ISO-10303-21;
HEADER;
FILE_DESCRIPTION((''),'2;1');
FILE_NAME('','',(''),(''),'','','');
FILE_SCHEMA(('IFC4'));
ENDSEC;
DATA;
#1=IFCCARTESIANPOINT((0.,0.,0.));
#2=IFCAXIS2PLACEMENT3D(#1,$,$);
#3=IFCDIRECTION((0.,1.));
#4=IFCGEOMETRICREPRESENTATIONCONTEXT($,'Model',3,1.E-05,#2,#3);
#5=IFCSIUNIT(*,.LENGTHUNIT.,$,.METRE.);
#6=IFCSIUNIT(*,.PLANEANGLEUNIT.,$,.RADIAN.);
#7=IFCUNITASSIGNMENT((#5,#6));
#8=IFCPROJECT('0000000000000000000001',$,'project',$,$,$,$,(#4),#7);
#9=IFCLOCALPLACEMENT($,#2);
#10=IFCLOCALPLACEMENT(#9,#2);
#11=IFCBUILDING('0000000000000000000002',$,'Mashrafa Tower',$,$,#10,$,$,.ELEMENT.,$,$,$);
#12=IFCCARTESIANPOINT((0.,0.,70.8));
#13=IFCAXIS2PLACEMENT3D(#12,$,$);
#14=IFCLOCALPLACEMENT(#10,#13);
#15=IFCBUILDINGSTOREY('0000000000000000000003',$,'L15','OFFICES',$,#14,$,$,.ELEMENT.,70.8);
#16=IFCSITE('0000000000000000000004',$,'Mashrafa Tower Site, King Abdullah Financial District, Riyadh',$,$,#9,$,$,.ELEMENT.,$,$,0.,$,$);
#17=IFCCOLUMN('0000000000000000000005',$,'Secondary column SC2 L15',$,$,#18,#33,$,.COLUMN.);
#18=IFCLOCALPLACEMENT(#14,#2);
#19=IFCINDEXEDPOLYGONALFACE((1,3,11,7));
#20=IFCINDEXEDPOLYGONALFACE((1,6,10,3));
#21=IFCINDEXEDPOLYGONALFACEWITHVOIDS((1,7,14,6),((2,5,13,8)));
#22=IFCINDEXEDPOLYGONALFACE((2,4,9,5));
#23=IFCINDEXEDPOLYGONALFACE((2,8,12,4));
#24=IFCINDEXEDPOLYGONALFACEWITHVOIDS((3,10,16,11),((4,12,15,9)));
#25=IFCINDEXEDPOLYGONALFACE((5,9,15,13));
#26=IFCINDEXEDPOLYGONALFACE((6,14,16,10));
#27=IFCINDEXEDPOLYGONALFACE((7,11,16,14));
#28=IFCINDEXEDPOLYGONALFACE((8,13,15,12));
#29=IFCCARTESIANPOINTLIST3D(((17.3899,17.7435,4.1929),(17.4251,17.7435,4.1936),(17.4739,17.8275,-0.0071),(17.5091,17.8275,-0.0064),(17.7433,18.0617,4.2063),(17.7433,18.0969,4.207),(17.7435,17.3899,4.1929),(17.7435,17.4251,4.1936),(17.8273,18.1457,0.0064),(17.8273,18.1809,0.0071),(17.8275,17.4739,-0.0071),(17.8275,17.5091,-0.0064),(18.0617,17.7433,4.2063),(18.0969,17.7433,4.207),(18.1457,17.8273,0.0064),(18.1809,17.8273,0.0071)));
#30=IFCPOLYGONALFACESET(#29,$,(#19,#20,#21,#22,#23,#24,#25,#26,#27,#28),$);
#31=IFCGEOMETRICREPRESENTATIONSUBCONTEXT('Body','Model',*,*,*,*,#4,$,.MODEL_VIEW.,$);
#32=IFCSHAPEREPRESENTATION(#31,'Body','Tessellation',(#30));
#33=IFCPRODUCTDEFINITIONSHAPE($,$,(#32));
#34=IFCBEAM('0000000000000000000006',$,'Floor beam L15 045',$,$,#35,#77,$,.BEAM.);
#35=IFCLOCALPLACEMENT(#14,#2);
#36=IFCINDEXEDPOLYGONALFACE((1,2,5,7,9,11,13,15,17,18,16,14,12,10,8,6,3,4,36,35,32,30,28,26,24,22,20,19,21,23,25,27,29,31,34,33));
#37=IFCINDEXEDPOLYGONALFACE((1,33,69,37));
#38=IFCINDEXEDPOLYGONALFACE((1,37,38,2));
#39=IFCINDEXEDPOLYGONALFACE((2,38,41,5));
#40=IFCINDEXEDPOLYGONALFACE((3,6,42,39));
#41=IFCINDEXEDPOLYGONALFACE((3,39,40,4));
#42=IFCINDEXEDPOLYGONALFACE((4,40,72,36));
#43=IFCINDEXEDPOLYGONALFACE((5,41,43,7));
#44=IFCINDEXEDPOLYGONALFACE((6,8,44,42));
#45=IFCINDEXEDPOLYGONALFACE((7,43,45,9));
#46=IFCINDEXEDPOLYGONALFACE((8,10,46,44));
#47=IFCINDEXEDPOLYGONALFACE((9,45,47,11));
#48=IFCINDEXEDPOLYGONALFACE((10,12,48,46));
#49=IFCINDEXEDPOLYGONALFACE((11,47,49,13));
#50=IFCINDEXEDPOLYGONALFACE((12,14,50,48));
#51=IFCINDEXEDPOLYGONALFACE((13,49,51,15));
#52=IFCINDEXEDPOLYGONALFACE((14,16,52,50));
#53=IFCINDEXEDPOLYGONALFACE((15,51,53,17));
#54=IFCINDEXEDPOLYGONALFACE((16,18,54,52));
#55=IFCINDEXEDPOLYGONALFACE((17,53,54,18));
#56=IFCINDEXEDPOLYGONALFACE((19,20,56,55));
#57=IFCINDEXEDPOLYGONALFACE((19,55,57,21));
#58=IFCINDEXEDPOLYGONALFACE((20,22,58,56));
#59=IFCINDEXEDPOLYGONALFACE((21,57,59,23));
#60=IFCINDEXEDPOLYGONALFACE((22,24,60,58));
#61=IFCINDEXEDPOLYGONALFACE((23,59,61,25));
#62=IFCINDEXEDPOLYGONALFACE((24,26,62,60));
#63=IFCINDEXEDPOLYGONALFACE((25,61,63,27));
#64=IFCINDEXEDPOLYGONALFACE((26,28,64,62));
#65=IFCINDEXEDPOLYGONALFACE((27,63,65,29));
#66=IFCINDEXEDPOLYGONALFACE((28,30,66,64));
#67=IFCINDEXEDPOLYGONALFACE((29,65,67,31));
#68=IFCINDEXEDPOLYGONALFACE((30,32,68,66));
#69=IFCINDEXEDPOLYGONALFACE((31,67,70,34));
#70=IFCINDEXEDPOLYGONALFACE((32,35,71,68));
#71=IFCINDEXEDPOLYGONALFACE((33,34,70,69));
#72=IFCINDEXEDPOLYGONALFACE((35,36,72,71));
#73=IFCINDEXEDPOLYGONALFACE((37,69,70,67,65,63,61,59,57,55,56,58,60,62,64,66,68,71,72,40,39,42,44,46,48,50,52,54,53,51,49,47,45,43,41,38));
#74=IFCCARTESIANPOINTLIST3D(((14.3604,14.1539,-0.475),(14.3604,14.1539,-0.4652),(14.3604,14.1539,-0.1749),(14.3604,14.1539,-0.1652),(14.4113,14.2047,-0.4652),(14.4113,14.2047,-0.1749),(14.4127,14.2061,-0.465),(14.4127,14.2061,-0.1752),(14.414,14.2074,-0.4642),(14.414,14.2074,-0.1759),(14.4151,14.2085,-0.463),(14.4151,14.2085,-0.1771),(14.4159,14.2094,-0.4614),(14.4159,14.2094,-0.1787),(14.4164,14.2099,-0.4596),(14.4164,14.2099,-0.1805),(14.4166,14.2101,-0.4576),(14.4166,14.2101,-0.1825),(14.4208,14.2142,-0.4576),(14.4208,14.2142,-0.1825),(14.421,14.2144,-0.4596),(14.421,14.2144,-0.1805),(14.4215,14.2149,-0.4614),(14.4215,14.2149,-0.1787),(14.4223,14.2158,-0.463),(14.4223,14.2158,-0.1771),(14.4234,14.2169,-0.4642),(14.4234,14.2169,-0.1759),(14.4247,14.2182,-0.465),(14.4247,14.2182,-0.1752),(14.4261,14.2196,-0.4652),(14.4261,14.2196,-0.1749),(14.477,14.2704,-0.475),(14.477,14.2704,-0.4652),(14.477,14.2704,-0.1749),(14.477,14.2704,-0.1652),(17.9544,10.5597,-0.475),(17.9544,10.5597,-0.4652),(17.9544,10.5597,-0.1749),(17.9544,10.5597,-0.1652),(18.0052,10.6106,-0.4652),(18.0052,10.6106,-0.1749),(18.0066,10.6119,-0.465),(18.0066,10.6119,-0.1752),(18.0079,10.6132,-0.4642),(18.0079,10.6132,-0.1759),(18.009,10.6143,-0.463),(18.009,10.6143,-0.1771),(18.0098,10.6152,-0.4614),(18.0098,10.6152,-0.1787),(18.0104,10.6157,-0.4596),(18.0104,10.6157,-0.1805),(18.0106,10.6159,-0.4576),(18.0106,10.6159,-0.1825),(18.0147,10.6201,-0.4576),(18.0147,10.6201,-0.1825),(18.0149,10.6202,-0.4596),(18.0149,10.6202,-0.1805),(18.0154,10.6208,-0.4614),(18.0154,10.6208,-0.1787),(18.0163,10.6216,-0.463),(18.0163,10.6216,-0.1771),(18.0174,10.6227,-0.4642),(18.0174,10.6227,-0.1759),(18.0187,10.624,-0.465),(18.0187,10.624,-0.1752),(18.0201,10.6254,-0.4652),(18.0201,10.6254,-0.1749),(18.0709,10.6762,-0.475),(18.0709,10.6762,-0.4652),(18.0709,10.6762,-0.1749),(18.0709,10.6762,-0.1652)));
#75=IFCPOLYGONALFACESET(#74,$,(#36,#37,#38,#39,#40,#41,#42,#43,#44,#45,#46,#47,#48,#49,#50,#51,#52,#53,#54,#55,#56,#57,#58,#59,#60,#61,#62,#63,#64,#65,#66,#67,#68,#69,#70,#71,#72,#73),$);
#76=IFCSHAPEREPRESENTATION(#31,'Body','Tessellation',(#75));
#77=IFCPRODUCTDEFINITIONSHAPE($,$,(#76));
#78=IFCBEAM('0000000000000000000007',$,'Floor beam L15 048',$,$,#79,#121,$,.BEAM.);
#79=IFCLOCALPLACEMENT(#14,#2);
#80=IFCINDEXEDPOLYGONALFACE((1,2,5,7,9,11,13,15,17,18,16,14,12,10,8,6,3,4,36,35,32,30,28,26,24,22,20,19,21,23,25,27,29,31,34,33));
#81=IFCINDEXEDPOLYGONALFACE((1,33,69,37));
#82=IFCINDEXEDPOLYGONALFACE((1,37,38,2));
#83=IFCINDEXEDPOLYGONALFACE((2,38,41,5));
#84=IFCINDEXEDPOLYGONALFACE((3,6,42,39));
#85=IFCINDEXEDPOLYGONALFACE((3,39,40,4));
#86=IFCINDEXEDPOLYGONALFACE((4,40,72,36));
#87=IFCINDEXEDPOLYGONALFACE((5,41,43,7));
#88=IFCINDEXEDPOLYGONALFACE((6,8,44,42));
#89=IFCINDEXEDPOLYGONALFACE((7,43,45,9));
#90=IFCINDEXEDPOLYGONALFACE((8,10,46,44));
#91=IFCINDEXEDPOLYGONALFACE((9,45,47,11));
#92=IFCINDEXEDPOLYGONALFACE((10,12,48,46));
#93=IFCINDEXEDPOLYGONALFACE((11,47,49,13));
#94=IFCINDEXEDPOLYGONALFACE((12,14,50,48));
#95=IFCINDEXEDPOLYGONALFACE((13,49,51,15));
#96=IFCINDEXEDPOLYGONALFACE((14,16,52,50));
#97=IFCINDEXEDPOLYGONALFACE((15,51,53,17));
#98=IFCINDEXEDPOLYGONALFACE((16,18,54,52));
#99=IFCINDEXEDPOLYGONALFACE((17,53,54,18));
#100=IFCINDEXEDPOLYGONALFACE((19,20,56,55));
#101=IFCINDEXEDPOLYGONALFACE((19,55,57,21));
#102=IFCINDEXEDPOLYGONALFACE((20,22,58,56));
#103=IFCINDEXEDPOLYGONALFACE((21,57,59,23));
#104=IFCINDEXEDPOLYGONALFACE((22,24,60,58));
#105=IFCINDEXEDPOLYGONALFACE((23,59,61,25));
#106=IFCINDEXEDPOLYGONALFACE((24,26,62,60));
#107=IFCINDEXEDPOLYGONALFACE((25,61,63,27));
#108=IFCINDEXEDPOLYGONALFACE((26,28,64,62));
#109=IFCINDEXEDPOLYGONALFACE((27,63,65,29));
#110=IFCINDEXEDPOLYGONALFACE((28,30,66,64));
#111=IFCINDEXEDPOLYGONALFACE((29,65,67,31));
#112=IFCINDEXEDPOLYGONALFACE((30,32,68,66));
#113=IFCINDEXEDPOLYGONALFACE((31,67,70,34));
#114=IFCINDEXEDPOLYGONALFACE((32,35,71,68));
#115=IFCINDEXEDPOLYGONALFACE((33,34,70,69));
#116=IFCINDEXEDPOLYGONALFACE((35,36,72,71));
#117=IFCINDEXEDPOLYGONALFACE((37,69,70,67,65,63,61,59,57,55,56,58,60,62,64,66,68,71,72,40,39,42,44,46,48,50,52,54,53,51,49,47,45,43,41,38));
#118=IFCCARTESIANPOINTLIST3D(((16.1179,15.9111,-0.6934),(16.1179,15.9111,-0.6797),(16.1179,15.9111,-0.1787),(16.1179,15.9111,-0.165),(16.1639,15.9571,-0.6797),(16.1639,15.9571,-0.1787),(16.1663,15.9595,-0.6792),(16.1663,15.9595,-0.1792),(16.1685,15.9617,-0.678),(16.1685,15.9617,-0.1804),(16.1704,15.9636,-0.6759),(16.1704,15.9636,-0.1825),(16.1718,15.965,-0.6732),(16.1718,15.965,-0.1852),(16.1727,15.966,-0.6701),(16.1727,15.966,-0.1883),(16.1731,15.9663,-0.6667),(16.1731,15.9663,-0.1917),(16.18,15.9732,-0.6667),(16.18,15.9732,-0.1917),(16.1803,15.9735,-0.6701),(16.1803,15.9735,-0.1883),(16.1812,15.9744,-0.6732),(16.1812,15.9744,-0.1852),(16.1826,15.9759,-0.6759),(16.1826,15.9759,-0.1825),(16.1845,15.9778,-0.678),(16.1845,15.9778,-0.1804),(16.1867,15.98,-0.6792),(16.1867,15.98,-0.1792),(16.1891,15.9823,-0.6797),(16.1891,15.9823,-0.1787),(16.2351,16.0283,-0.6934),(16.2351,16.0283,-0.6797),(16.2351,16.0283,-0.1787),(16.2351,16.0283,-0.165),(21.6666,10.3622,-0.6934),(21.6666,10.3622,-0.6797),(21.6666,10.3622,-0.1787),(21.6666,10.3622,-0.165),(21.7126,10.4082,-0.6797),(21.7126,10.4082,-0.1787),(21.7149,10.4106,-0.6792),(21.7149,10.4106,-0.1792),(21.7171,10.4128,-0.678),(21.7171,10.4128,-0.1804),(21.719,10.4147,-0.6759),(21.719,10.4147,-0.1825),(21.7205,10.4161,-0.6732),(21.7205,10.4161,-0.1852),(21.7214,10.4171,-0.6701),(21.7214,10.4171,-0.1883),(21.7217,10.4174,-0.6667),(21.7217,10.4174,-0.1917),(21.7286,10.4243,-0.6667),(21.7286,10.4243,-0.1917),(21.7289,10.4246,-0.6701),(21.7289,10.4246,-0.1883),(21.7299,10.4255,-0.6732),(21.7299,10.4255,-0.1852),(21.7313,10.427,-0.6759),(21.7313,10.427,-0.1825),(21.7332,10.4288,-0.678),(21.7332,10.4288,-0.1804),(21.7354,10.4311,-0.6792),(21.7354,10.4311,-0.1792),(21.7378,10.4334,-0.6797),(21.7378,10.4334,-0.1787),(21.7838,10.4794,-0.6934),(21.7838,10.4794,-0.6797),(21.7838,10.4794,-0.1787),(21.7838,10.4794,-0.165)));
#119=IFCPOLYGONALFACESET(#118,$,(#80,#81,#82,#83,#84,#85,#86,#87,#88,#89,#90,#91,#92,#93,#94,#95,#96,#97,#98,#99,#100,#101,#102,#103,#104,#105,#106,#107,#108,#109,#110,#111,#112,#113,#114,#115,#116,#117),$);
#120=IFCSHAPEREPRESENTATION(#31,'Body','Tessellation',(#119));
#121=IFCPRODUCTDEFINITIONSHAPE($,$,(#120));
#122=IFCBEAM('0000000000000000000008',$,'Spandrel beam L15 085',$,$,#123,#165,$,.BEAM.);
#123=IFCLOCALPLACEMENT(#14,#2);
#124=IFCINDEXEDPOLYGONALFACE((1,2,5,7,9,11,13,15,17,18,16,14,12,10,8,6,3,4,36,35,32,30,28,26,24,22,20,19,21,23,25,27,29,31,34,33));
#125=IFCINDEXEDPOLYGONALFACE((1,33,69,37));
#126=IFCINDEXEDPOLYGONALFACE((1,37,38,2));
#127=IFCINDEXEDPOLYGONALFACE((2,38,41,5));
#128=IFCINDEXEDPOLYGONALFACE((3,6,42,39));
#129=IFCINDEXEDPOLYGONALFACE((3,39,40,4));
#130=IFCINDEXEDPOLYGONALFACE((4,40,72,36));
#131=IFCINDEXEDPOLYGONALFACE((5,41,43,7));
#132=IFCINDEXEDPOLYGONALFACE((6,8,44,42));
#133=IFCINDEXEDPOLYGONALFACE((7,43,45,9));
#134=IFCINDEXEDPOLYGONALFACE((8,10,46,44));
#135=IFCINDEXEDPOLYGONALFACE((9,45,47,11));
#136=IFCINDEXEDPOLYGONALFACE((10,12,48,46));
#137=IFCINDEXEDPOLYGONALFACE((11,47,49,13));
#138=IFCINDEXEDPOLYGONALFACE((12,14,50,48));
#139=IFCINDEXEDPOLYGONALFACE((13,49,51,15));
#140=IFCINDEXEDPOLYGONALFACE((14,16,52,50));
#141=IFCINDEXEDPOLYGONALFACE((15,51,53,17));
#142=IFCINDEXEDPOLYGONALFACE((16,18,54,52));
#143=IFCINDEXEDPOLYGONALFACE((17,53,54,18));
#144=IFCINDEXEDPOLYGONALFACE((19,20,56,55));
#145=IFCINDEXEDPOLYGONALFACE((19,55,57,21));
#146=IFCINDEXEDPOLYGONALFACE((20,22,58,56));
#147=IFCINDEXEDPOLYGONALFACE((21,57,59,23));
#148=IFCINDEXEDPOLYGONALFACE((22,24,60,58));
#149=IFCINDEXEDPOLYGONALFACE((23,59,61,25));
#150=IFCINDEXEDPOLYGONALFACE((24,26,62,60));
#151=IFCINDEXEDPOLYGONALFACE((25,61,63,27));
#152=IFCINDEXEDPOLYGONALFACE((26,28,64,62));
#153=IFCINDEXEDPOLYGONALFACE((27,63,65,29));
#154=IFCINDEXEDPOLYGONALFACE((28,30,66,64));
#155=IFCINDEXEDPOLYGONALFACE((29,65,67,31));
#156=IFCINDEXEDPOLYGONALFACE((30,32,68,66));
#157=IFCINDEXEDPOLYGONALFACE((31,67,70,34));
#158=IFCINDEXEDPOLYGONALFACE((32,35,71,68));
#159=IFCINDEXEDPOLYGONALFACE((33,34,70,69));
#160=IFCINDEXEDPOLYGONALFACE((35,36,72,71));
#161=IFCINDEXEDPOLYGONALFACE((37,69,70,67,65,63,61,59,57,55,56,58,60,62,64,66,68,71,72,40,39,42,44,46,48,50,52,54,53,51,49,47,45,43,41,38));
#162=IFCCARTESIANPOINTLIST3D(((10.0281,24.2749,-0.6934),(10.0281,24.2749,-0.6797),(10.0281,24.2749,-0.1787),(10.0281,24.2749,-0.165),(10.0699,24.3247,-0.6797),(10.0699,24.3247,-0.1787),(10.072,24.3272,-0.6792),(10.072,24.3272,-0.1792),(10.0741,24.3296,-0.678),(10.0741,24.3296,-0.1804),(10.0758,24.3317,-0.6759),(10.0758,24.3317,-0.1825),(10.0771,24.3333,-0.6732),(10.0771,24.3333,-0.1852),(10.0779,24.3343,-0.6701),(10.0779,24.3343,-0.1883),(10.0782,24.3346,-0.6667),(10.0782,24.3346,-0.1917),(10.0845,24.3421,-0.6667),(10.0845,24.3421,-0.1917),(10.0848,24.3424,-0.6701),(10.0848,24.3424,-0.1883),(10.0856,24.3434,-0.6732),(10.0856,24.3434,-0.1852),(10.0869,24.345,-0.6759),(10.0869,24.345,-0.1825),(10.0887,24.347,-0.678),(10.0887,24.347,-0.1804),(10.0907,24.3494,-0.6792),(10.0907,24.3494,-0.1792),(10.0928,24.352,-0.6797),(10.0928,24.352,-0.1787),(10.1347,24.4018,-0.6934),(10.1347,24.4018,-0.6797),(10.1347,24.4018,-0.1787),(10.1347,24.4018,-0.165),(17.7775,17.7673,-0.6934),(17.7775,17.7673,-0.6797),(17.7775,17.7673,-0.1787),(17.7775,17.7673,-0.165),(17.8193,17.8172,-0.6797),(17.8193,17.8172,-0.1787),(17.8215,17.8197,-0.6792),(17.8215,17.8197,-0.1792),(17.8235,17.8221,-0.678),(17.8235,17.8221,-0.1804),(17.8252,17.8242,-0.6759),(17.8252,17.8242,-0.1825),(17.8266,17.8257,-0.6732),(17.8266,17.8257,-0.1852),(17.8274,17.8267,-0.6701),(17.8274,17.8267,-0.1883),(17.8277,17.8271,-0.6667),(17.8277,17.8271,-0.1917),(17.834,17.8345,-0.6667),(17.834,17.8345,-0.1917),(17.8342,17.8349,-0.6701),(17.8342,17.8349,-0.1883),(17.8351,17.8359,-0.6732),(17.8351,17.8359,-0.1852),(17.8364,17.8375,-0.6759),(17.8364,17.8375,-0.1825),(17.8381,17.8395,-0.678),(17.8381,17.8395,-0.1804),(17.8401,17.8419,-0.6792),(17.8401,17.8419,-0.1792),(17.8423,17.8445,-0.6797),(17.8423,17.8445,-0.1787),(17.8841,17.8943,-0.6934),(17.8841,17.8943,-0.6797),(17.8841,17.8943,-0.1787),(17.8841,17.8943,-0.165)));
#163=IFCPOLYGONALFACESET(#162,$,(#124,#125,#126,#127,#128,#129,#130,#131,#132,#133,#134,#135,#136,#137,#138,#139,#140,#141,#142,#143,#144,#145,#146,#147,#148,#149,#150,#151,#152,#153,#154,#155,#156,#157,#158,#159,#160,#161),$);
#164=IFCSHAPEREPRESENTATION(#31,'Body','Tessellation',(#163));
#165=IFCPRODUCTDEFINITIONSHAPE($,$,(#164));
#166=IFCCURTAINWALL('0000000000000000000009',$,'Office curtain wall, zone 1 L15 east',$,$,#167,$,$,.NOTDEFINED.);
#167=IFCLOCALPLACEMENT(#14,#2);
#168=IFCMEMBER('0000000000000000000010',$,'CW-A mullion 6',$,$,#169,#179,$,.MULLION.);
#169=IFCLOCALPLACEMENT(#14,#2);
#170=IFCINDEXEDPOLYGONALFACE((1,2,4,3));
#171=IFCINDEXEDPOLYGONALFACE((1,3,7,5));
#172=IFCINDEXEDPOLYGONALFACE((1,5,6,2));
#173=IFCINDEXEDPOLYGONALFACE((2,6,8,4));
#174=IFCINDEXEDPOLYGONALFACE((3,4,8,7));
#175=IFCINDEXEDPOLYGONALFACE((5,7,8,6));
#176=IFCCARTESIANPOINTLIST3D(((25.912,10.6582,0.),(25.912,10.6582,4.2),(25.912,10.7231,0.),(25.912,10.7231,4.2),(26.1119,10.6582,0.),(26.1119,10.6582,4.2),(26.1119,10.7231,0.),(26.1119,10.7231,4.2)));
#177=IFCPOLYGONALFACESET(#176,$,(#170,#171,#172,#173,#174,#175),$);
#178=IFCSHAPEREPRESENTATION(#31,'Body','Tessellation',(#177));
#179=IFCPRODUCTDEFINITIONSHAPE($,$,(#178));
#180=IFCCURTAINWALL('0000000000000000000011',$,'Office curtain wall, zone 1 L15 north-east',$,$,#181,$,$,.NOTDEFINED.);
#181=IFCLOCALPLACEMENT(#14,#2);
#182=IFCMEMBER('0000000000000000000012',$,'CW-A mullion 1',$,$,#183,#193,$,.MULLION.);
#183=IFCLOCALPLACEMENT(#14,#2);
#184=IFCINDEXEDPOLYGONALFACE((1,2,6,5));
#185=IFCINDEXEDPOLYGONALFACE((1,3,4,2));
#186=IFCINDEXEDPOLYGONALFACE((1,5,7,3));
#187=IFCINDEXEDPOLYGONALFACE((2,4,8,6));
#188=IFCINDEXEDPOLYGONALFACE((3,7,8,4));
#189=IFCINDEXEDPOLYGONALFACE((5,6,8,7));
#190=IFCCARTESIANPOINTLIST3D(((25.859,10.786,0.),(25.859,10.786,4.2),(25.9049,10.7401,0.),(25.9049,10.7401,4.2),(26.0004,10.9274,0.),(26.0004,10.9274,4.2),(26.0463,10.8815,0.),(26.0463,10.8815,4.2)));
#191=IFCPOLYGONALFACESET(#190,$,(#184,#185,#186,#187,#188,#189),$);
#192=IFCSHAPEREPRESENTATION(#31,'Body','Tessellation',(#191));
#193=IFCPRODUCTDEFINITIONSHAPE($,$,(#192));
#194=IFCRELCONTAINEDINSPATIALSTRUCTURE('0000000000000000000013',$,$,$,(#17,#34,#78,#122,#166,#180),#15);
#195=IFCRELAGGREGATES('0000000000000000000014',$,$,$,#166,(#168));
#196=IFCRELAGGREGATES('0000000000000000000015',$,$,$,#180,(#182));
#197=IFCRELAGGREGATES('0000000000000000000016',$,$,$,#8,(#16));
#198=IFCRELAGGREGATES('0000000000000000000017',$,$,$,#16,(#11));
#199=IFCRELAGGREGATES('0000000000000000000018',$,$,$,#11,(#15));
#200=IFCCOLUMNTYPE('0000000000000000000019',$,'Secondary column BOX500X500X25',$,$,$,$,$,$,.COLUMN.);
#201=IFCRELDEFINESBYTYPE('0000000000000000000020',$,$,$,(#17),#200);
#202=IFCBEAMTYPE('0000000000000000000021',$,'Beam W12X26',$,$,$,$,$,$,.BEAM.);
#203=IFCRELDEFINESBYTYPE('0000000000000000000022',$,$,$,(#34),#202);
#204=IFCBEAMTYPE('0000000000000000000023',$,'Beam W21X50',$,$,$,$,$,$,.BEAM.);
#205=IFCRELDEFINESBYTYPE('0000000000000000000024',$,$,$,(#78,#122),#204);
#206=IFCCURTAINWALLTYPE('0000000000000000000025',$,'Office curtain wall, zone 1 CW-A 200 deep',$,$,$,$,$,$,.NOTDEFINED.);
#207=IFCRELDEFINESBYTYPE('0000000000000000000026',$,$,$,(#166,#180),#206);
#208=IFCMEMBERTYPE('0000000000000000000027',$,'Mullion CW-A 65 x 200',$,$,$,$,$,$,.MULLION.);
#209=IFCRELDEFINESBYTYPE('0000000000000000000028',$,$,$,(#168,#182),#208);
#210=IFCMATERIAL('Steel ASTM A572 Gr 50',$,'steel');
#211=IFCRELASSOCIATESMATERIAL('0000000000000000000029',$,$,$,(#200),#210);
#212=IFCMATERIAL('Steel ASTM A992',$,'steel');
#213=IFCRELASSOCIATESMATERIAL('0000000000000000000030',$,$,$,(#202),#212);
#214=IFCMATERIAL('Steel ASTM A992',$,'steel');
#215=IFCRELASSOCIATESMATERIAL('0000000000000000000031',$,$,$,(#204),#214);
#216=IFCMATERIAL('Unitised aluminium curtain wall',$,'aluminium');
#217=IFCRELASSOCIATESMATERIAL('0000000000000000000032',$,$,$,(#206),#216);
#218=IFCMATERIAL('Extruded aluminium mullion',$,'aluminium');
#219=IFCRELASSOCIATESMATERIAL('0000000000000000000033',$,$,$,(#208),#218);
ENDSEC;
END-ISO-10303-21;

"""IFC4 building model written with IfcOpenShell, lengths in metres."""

from ifc_helpers import new_model, si_unit, direction, frame, origin, origin_2d, place, context, subcontext, project, spatial, rectangle, hollow_rectangle, i_section, extrude, source, transform, mapped, material, material_profile, profile_set, type_object, type_shapes, element, aggregate, save


model = new_model("IFC4")

# Units and contexts
model_context = context("Model", 3, precision=1e-05, world=origin(), true_north=direction((0.0, 1.0)))
body_context = subcontext(model_context, "Body", "Model", "MODEL_VIEW")
ifc_project = project(units=[si_unit("LENGTHUNIT", "METRE"), si_unit("PLANEANGLEUNIT", "RADIAN")], contexts=[model_context])

# Site, building, storey
site_placement = place(None, origin())
site = spatial("IfcSite", under=ifc_project, at=site_placement, Name="Mashrafa Tower Site, King Abdullah Financial District, Riyadh", CompositionType="ELEMENT", RefElevation=0.0)
building_placement = place(site_placement, origin())
building = spatial("IfcBuilding", under=site, at=building_placement, Name="Mashrafa Tower", CompositionType="ELEMENT")
storey_placement = place(building_placement, frame((0.0, 0.0, 70.8)))
storey = spatial("IfcBuildingStorey", under=building, at=storey_placement, Name="L15", Description="OFFICES", CompositionType="ELEMENT", Elevation=70.8)

# Column
ifc_material_1 = material(Name="Steel ASTM A572 Gr 50", Category="steel")
ifc_material_profile_1 = material_profile(ifc_material_1, hollow_rectangle(XDim=0.5, YDim=0.5, WallThickness=0.0249, at=origin_2d()), Name="BOX500X500X25")
ifc_profile_set_1 = profile_set([ifc_material_profile_1], Name="Steel ASTM A572 Gr 50")
column_type = type_object("IfcColumnType", Name="Secondary column BOX500X500X25", PredefinedType="COLUMN", material=ifc_profile_set_1)
column_placement = place(storey_placement, frame((17.8274, 17.8274, 0.0), z_axis=(-0.019989, -0.019989, 0.9996), x_axis=(0.707107, -0.707107, 0.0)))
element("IfcColumn", 1, at=column_placement, inside=storey, type_object=column_type, Name="Secondary column SC2 L15", PredefinedType="COLUMN", context=body_context, shape_type="SweptSolid", body=[
    extrude(hollow_rectangle(XDim=0.5, YDim=0.5, WallThickness=0.0249, at=origin_2d()), origin(), (0.0, 0.0, 1.0), 4.2017),
])

# Beams
ifc_material_2 = material(Name="Steel ASTM A992", Category="steel")
ifc_material_profile_2 = material_profile(ifc_material_2, i_section(OverallWidth=0.1648, OverallDepth=0.3098, WebThickness=0.0059, FlangeThickness=0.0098, FilletRadius=0.0076, at=origin_2d()), Name="W12X26")
ifc_profile_set_2 = profile_set([ifc_material_profile_2], Name="Steel ASTM A992")
beam_type_1 = type_object("IfcBeamType", Name="Beam W12X26", PredefinedType="BEAM", material=ifc_profile_set_2)
beam_1_placement = place(storey_placement, frame((14.4187, 14.2122, -0.3201), z_axis=(0.707083, -0.707131, 0.0), x_axis=(0.707131, 0.707083, 0.0)))
element("IfcBeam", 2, at=beam_1_placement, inside=storey, type_object=beam_type_1, Name="Floor beam L15 045", PredefinedType="BEAM", context=body_context, shape_type="SweptSolid", body=[
    extrude(i_section(OverallWidth=0.1648, OverallDepth=0.3098, WebThickness=0.0059, FlangeThickness=0.0098, FilletRadius=0.0076, at=origin_2d()), origin(), (0.0, 0.0, 1.0), 5.0828),
])
ifc_material_3 = material(Name="Steel ASTM A992", Category="steel")
ifc_material_profile_3 = material_profile(ifc_material_3, i_section(OverallWidth=0.1658, OverallDepth=0.5283, WebThickness=0.0098, FlangeThickness=0.0137, FilletRadius=0.0129, at=origin_2d()), Name="W21X50")
ifc_profile_set_3 = profile_set([ifc_material_profile_3], Name="Steel ASTM A992")
beam_type_2 = type_object("IfcBeamType", Name="Beam W21X50", PredefinedType="BEAM", material=ifc_profile_set_3)
beam_2_placement = place(storey_placement, frame((16.1765, 15.9697, -0.4292), z_axis=(0.707091, -0.707122, 0.0), x_axis=(0.707122, 0.707091, 0.0)))
element("IfcBeam", 3, at=beam_2_placement, inside=storey, type_object=beam_type_2, Name="Floor beam L15 048", PredefinedType="BEAM", context=body_context, shape_type="SweptSolid", body=[
    extrude(i_section(OverallWidth=0.1658, OverallDepth=0.5283, WebThickness=0.0098, FlangeThickness=0.0137, FilletRadius=0.0129, at=origin_2d()), origin(), (0.0, 0.0, 1.0), 7.8472),
])
beam_3_placement = place(storey_placement, frame((17.8308, 17.8308, -0.4292), z_axis=(-0.765803, 0.643075, 0.0), x_axis=(-0.643075, -0.765803, 0.0)))
element("IfcBeam", 4, at=beam_3_placement, inside=storey, type_object=beam_type_2, Name="Spandrel beam L15 085", PredefinedType="BEAM", context=body_context, shape_type="SweptSolid", body=[
    extrude(i_section(OverallWidth=0.1658, OverallDepth=0.5283, WebThickness=0.0098, FlangeThickness=0.0137, FilletRadius=0.0129, at=origin_2d()), origin(), (0.0, 0.0, 1.0), 10.1194),
])

# Curtain wall, member
ifc_material_4 = material(Name="Unitised aluminium curtain wall", Category="aluminium")
curtain_wall_type = type_object("IfcCurtainWallType", Name="Office curtain wall, zone 1 CW-A 200 deep", PredefinedType="NOTDEFINED", material=ifc_material_4)
curtain_wall_1_placement = place(storey_placement, origin())
curtain_wall_1 = element("IfcCurtainWall", 5, at=curtain_wall_1_placement, inside=storey, type_object=curtain_wall_type, Name="Office curtain wall, zone 1 L15 east", PredefinedType="NOTDEFINED")
ifc_material_5 = material(Name="Extruded aluminium mullion", Category="aluminium")
ifc_material_profile_4 = material_profile(ifc_material_5, rectangle(XDim=0.2, YDim=0.0649, at=origin_2d()), Name="Mullion 65x200")
ifc_profile_set_4 = profile_set([ifc_material_profile_4], Name="Extruded aluminium mullion")
member_type_1 = type_object("IfcMemberType", Name="Mullion CW-A 65 x 200", PredefinedType="MULLION", material=ifc_profile_set_4)
shared_shape_1 = source(origin(), body_context, "Body", "SweptSolid", [
    extrude(rectangle(XDim=0.2, YDim=0.0649, at=origin_2d()), origin(), (0.0, 0.0, 1.0), 4.2),
])
type_shapes(member_type_1, [shared_shape_1])
member_1_placement = place(storey_placement, frame((26.012, 10.6907, 0.0), z_axis=(0.0, 0.0, 1.0), x_axis=(-1.0, 0.0, 0.0)))
member_1 = element("IfcMember", 6, at=member_1_placement, type_object=member_type_1, Name="CW-A mullion 6", PredefinedType="MULLION", context=body_context, shape_type="MappedRepresentation", body=[
    mapped(shared_shape_1, transform((0.0, 0.0, 0.0))),
])
aggregate(curtain_wall_1, [member_1])

# Curtain wall, member
curtain_wall_2_placement = place(storey_placement, origin())
curtain_wall_2 = element("IfcCurtainWall", 7, at=curtain_wall_2_placement, inside=storey, type_object=curtain_wall_type, Name="Office curtain wall, zone 1 L15 north-east", PredefinedType="NOTDEFINED")
member_2_placement = place(storey_placement, frame((25.9526, 10.8337, 0.0), z_axis=(0.0, 0.0, 1.0), x_axis=(-0.707107, -0.707107, 0.0)))
member_2 = element("IfcMember", 8, at=member_2_placement, type_object=member_type_1, Name="CW-A mullion 1", PredefinedType="MULLION", context=body_context, shape_type="MappedRepresentation", body=[
    mapped(shared_shape_1, transform((0.0, 0.0, 0.0))),
])
aggregate(curtain_wall_2, [member_2])

save(model, "model.ifc")
